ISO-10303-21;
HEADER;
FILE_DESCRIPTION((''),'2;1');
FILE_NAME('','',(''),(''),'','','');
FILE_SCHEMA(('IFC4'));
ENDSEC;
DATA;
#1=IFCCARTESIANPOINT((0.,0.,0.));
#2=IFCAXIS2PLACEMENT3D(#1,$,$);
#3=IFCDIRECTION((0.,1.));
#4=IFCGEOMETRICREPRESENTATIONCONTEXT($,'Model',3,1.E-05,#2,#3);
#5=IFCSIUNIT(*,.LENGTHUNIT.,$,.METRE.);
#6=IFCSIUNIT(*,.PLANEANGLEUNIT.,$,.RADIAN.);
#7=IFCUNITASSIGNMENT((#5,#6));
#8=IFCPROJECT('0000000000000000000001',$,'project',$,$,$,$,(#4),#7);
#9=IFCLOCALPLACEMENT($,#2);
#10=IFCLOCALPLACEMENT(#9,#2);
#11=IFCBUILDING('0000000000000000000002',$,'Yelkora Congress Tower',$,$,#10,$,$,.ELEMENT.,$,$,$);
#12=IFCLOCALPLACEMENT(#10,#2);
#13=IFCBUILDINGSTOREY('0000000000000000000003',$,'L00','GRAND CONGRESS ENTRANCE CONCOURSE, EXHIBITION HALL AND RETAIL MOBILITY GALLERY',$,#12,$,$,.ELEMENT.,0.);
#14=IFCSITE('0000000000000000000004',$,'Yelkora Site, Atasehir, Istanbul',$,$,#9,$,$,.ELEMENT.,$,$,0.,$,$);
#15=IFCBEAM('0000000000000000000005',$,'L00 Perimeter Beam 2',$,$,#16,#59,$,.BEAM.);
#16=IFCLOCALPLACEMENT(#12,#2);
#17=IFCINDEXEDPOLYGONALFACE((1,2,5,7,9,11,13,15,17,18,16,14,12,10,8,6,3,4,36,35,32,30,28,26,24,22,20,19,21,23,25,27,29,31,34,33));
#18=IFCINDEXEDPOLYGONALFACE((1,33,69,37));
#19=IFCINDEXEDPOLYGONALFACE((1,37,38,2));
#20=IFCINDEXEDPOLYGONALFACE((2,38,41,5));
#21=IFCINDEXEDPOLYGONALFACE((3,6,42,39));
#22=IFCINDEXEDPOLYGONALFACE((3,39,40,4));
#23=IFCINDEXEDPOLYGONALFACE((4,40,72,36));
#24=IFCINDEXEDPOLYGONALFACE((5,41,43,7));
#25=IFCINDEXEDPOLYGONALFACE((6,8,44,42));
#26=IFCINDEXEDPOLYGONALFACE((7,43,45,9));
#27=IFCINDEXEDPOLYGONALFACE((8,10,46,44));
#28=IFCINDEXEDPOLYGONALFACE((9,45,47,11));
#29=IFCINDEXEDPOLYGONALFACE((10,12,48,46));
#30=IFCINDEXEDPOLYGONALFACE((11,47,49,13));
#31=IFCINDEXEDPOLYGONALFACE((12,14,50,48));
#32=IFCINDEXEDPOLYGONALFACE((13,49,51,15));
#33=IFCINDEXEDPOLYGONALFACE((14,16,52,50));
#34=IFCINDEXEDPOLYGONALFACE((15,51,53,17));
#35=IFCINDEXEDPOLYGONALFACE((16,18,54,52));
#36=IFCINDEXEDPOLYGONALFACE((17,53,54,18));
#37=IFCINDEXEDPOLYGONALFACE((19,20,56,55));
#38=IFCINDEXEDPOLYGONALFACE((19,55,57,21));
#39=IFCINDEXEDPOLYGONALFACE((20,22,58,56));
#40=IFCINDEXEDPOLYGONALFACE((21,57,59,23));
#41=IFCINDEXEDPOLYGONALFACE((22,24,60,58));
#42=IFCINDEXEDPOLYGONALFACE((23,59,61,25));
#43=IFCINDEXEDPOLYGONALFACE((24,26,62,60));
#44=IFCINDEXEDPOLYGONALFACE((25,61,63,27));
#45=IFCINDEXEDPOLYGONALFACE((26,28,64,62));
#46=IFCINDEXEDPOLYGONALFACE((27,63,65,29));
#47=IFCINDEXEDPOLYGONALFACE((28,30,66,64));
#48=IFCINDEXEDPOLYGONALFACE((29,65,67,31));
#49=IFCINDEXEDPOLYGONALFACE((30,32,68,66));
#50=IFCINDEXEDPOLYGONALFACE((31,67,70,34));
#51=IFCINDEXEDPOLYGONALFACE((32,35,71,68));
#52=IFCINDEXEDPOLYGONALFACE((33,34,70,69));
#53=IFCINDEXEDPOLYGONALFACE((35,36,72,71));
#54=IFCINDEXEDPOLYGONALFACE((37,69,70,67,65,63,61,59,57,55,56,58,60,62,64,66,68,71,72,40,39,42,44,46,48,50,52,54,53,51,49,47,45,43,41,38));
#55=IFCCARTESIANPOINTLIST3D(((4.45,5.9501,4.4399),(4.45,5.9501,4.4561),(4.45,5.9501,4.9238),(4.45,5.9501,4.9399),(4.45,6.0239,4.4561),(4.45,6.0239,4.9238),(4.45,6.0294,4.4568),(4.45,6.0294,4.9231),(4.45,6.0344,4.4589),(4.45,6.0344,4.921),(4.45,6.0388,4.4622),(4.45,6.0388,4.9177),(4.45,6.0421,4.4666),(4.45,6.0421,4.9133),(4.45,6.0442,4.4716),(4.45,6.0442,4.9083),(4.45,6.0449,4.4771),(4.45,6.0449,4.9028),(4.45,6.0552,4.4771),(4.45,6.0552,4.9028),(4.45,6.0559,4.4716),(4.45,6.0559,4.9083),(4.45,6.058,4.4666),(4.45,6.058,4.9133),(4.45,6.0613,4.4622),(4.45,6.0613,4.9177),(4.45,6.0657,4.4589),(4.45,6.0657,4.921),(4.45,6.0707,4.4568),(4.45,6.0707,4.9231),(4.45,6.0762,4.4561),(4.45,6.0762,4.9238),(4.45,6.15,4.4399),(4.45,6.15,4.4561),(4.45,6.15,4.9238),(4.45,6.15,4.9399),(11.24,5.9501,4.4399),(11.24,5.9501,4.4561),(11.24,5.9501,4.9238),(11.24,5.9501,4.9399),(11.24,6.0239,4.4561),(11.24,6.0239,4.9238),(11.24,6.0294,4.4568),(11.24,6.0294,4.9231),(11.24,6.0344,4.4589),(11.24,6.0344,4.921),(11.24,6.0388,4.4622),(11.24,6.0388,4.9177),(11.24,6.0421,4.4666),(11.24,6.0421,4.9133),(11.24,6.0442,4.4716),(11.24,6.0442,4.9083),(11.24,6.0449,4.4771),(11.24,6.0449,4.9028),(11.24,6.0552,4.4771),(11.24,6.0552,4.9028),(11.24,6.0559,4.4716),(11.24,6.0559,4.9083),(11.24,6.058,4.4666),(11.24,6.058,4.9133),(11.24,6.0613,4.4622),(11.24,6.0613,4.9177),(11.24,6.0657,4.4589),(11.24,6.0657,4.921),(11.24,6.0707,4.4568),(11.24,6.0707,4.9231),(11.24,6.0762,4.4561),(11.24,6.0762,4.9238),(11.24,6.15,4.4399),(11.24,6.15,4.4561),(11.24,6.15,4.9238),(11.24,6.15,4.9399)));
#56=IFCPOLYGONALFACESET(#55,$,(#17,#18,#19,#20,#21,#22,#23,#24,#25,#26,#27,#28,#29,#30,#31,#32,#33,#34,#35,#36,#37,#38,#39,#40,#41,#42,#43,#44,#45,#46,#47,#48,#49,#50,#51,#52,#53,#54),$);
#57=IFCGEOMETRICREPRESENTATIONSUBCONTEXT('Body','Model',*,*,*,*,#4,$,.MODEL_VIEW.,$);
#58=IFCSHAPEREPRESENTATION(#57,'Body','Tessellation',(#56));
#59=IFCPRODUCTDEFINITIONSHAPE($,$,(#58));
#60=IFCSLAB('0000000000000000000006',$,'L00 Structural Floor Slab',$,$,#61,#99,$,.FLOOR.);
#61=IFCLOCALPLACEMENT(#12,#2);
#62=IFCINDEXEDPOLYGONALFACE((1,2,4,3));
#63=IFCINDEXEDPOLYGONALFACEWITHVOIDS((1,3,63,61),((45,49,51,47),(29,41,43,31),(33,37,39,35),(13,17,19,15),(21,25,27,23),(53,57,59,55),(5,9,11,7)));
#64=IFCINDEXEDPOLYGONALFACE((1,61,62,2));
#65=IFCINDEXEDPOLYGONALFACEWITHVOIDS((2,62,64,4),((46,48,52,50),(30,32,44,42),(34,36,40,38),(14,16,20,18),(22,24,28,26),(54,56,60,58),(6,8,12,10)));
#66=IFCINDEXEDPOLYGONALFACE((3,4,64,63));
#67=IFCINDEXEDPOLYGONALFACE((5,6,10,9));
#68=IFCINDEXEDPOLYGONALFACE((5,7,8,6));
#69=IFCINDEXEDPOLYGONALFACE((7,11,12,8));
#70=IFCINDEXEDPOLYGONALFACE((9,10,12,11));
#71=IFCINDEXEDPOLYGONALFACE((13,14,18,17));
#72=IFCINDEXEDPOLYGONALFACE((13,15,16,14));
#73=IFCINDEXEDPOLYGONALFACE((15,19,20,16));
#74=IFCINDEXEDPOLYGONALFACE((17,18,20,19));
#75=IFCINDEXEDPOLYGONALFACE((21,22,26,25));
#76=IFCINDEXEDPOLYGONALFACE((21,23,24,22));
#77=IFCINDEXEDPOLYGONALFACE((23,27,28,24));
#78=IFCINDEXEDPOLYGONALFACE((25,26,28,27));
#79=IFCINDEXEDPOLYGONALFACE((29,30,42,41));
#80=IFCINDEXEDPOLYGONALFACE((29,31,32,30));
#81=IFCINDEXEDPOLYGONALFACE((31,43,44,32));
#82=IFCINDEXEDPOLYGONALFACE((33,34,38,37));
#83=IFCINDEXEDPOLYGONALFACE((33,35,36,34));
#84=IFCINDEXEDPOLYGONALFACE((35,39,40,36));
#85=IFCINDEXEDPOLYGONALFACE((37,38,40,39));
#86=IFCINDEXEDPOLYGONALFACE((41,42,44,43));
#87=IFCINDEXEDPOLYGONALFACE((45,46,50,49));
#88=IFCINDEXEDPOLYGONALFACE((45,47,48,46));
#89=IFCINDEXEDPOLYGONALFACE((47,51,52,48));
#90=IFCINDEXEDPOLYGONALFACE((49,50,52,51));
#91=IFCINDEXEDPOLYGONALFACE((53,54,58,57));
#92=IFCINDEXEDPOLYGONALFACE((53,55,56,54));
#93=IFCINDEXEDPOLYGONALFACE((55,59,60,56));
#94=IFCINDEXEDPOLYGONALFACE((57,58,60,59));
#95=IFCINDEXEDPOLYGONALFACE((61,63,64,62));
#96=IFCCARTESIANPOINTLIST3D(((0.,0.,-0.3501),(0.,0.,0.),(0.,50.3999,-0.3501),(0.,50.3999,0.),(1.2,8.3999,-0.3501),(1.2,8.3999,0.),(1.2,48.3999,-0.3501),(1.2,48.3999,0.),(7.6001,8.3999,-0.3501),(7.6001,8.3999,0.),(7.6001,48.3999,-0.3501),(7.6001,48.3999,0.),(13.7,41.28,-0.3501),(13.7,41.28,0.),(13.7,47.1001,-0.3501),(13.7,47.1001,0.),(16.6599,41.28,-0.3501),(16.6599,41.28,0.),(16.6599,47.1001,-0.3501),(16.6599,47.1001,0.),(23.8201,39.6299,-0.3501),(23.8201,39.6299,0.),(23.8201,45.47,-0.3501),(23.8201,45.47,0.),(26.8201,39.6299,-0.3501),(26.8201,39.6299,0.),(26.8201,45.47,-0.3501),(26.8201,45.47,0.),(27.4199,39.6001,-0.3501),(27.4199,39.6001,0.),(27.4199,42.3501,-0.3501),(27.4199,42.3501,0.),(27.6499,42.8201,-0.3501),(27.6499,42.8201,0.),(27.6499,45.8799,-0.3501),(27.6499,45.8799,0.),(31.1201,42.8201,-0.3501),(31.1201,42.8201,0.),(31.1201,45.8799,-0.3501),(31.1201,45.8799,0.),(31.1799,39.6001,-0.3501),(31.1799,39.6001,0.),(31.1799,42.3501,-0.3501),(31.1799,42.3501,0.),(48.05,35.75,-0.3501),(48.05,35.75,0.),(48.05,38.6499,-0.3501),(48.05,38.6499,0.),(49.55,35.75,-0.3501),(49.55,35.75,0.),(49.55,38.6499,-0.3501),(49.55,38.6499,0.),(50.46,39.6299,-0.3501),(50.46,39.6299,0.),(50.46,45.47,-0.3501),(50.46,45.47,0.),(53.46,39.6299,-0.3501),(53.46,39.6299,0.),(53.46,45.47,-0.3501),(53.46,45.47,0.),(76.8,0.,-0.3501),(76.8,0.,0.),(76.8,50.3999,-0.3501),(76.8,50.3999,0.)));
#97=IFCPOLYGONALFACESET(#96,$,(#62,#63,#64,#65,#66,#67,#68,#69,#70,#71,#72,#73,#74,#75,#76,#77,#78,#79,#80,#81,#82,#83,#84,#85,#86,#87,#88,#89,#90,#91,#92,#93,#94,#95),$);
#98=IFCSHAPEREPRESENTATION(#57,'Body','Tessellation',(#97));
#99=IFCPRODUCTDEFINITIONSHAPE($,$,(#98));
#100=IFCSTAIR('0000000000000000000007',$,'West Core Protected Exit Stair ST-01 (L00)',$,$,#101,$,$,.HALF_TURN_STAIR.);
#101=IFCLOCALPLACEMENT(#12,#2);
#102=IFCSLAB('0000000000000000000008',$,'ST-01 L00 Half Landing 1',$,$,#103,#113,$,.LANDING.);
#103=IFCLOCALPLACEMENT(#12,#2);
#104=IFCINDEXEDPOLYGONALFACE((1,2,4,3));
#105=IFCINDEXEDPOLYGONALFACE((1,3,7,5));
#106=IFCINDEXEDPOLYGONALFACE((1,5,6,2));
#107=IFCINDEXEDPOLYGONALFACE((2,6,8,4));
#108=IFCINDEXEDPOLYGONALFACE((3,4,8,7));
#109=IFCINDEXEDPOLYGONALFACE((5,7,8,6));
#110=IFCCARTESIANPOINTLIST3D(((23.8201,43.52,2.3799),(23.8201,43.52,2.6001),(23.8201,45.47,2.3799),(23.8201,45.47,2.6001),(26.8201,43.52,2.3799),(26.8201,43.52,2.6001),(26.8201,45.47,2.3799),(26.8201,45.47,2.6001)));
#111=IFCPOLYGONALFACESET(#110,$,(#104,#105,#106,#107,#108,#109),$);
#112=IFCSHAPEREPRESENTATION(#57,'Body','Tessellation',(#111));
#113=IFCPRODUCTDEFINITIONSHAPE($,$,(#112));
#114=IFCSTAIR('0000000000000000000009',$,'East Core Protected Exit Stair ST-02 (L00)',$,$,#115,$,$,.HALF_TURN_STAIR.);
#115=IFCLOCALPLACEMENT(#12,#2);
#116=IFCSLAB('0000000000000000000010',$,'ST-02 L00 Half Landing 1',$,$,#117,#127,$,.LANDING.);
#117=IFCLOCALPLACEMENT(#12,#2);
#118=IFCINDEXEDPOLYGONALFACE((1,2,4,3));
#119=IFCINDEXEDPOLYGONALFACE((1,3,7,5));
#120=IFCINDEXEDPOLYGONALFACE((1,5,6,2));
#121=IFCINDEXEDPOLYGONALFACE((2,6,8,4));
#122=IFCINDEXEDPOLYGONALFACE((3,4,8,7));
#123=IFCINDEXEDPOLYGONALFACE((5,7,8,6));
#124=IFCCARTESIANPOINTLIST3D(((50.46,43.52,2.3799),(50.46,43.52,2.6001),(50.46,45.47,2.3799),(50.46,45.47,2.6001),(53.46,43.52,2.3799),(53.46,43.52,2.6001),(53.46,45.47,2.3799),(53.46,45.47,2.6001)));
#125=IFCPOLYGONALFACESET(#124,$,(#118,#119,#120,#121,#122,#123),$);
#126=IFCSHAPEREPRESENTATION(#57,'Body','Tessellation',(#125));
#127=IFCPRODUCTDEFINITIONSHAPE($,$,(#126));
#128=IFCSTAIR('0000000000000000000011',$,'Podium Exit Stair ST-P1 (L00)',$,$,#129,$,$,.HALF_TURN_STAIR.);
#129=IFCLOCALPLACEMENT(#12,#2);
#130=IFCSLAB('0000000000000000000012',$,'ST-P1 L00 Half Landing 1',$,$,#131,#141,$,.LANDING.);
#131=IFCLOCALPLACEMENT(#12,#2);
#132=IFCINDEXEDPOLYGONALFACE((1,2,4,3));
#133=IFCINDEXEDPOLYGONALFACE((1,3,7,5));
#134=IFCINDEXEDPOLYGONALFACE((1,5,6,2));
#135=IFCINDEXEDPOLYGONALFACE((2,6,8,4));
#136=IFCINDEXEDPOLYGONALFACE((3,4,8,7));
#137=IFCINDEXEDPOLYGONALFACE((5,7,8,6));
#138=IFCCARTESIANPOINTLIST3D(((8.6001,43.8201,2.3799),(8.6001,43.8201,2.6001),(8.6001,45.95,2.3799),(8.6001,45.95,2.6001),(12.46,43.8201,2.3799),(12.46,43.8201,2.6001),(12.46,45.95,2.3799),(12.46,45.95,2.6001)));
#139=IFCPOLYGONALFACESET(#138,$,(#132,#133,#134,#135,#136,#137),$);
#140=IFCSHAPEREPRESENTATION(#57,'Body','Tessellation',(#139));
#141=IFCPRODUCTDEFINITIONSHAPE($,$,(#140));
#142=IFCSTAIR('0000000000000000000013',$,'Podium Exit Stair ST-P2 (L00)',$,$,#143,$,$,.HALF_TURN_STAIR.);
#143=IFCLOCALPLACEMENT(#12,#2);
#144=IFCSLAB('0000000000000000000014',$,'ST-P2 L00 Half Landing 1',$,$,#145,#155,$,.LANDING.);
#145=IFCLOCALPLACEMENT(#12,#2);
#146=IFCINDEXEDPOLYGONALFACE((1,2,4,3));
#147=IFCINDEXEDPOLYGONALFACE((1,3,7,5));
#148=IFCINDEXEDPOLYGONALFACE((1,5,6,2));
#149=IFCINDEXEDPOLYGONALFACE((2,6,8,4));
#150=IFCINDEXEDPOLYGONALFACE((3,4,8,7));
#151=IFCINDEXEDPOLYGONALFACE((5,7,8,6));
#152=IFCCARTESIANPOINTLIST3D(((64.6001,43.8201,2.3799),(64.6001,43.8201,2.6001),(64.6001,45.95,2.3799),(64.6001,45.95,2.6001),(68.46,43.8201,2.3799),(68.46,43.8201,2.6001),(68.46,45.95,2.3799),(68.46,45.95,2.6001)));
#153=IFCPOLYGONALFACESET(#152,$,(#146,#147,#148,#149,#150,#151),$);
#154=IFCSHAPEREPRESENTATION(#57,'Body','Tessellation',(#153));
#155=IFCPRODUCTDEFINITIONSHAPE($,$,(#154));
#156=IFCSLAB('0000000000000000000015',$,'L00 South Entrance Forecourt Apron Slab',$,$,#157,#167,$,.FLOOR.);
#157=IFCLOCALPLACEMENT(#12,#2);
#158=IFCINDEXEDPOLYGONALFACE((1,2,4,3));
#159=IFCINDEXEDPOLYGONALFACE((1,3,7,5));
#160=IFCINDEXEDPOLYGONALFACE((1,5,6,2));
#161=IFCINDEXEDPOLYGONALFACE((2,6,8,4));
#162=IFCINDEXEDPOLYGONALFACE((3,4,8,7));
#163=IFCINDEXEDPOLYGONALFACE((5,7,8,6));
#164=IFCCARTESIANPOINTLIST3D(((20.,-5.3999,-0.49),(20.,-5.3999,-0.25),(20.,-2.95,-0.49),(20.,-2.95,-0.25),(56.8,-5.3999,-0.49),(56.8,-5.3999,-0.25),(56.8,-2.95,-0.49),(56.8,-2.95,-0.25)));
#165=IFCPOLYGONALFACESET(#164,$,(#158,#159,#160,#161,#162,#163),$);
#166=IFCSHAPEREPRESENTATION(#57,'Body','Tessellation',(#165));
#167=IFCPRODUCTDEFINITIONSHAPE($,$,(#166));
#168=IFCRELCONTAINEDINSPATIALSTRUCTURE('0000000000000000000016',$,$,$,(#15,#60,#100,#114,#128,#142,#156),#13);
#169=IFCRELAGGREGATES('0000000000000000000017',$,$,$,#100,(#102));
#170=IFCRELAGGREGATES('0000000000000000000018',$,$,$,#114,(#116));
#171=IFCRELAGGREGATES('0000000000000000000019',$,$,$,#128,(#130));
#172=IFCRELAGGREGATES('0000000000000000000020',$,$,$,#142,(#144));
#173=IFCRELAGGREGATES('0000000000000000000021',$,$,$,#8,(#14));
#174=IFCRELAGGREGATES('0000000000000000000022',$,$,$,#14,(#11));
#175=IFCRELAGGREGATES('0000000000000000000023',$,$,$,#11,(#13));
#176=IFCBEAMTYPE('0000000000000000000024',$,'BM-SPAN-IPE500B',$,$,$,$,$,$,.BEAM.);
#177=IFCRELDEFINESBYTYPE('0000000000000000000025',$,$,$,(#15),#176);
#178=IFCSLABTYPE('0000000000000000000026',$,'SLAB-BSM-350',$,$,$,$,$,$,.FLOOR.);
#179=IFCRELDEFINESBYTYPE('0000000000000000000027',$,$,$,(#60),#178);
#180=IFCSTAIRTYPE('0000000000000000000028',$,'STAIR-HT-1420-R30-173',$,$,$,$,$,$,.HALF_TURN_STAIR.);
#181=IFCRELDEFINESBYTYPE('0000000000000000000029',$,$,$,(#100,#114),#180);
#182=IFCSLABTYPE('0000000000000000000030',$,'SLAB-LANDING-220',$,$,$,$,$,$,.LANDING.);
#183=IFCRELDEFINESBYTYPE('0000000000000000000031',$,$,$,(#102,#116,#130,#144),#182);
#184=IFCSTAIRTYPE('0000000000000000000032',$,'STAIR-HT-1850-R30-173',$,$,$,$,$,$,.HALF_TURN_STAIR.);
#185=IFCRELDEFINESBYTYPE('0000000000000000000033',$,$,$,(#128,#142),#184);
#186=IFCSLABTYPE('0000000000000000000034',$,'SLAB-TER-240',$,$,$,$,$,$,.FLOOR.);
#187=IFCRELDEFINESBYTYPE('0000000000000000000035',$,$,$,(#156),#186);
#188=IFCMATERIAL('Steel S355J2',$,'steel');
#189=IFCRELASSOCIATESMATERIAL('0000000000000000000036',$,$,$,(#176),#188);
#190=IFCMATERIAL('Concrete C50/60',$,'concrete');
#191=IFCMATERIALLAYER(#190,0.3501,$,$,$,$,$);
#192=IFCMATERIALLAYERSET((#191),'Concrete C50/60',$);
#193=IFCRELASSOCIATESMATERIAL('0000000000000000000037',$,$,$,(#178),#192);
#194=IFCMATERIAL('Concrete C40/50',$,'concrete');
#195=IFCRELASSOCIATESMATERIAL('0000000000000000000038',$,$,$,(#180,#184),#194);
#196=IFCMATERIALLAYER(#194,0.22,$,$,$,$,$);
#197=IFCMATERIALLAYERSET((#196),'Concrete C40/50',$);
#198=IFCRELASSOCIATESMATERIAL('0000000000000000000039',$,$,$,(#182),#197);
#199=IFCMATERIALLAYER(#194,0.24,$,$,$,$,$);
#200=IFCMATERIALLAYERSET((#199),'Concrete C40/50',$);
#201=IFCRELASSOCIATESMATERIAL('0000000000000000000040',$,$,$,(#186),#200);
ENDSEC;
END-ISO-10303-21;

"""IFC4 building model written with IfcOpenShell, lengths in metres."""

from ifc_helpers import new_model, si_unit, direction, frame, origin, origin_2d, place, context, subcontext, project, spatial, polyline, i_section, outline, extrude, material, layer, layer_set, material_profile, profile_set, type_object, element, aggregate, save


model = new_model("IFC4")

# Units and contexts
model_context = context("Model", 3, precision=1e-05, world=origin(), true_north=direction((0.0, 1.0)))
body_context = subcontext(model_context, "Body", "Model", "MODEL_VIEW")
ifc_project = project(units=[si_unit("LENGTHUNIT", "METRE"), si_unit("PLANEANGLEUNIT", "RADIAN")], contexts=[model_context])

# Site, building, storey
site_placement = place(None, origin())
site = spatial("IfcSite", under=ifc_project, at=site_placement, Name="Yelkora Site, Atasehir, Istanbul", CompositionType="ELEMENT", RefElevation=0.0)
building_placement = place(site_placement, origin())
building = spatial("IfcBuilding", under=site, at=building_placement, Name="Yelkora Congress Tower", CompositionType="ELEMENT")
storey_placement = place(building_placement, origin())
storey = spatial("IfcBuildingStorey", under=building, at=storey_placement, Name="L00", Description="GRAND CONGRESS ENTRANCE CONCOURSE, EXHIBITION HALL AND RETAIL MOBILITY GALLERY", CompositionType="ELEMENT", Elevation=0.0)

# Shared definitions
ifc_material_1 = material(Name="Concrete C50/60", Category="concrete")

# Beam
ifc_material_2 = material(Name="Steel S355J2", Category="steel")
ifc_material_profile_1 = material_profile(ifc_material_2, i_section(OverallWidth=0.2, OverallDepth=0.5, WebThickness=0.0103, FlangeThickness=0.0161, FilletRadius=0.021, at=origin_2d()), Name="IPE 500")
ifc_profile_set_1 = profile_set([ifc_material_profile_1], Name="Steel S355J2")
beam_type_1 = type_object("IfcBeamType", Name="BM-SPAN-IPE500B", PredefinedType="BEAM", material=ifc_profile_set_1)
beam_1_placement = place(storey_placement, frame((4.45, 6.05, 4.6899), z_axis=(1.0, 0.0, 0.0), x_axis=(0.0, 1.0, 0.0)))
element("IfcBeam", 1, at=beam_1_placement, inside=storey, type_object=beam_type_1, Name="L00 Perimeter Beam 2", PredefinedType="BEAM", context=body_context, shape_type="SweptSolid", body=[
    extrude(i_section(OverallWidth=0.2, OverallDepth=0.5, WebThickness=0.0103, FlangeThickness=0.0161, FilletRadius=0.021, at=origin_2d()), origin(), (0.0, 0.0, 1.0), 6.79),
])

# Slab
ifc_layer_1 = layer(ifc_material_1, 0.3501)
ifc_layer_set_1 = layer_set([ifc_layer_1], Name="Concrete C50/60")
slab_type_1 = type_object("IfcSlabType", Name="SLAB-BSM-350", PredefinedType="FLOOR", material=ifc_layer_set_1)
slab_1_placement = place(storey_placement, frame((0.0, 0.0, -0.3501)))
element("IfcSlab", 2, at=slab_1_placement, inside=storey, type_object=slab_type_1, Name="L00 Structural Floor Slab", PredefinedType="FLOOR", context=body_context, shape_type="SweptSolid", body=[
    extrude(outline(polyline([(0.0, 0.0), (76.8, 0.0), (76.8, 50.3999), (0.0, 50.3999), (0.0, 0.0)]), holes=[polyline([(23.8201, 39.6299), (26.8201, 39.6299), (26.8201, 45.47), (23.8201, 45.47), (23.8201, 39.6299)]), polyline([(50.46, 39.6299), (53.46, 39.6299), (53.46, 45.47), (50.46, 45.47), (50.46, 39.6299)]), polyline([(13.7, 41.28), (16.6599, 41.28), (16.6599, 47.1001), (13.7, 47.1001), (13.7, 41.28)]), polyline([(48.05, 35.75), (49.55, 35.75), (49.55, 38.6499), (48.05, 38.6499), (48.05, 35.75)]), polyline([(27.4199, 39.6001), (31.1799, 39.6001), (31.1799, 42.3501), (27.4199, 42.3501), (27.4199, 39.6001)]), polyline([(27.6499, 42.8201), (31.1201, 42.8201), (31.1201, 45.8799), (27.6499, 45.8799), (27.6499, 42.8201)]), polyline([(1.2, 8.3999), (7.6001, 8.3999), (7.6001, 48.3999), (1.2, 48.3999), (1.2, 8.3999)])]), origin(), (0.0, 0.0, 1.0), 0.3501),
])

# Stairs, slabs
ifc_material_3 = material(Name="Concrete C40/50", Category="concrete")
stair_type_1 = type_object("IfcStairType", Name="STAIR-HT-1420-R30-173", PredefinedType="HALF_TURN_STAIR", material=ifc_material_3)
stair_1_placement = place(storey_placement, origin())
stair_1 = element("IfcStair", 3, at=stair_1_placement, inside=storey, type_object=stair_type_1, Name="West Core Protected Exit Stair ST-01 (L00)", PredefinedType="HALF_TURN_STAIR")
ifc_layer_2 = layer(ifc_material_3, 0.22)
ifc_layer_set_2 = layer_set([ifc_layer_2], Name="Concrete C40/50")
slab_type_2 = type_object("IfcSlabType", Name="SLAB-LANDING-220", PredefinedType="LANDING", material=ifc_layer_set_2)
slab_2_placement = place(storey_placement, frame((0.0, 0.0, 2.3799)))
slab_2 = element("IfcSlab", 4, at=slab_2_placement, type_object=slab_type_2, Name="ST-01 L00 Half Landing 1", PredefinedType="LANDING", context=body_context, shape_type="SweptSolid", body=[
    extrude(outline(polyline([(26.8201, 43.52), (26.8201, 45.47), (23.8201, 45.47), (23.8201, 43.52), (26.8201, 43.52)])), origin(), (0.0, 0.0, 1.0), 0.2202),
])
aggregate(stair_1, [slab_2])
stair_2_placement = place(storey_placement, origin())
stair_2 = element("IfcStair", 5, at=stair_2_placement, inside=storey, type_object=stair_type_1, Name="East Core Protected Exit Stair ST-02 (L00)", PredefinedType="HALF_TURN_STAIR")
slab_3_placement = place(storey_placement, frame((0.0, 0.0, 2.3799)))
slab_3 = element("IfcSlab", 6, at=slab_3_placement, type_object=slab_type_2, Name="ST-02 L00 Half Landing 1", PredefinedType="LANDING", context=body_context, shape_type="SweptSolid", body=[
    extrude(outline(polyline([(53.46, 43.52), (53.46, 45.47), (50.46, 45.47), (50.46, 43.52), (53.46, 43.52)])), origin(), (0.0, 0.0, 1.0), 0.2202),
])
aggregate(stair_2, [slab_3])
stair_type_2 = type_object("IfcStairType", Name="STAIR-HT-1850-R30-173", PredefinedType="HALF_TURN_STAIR", material=ifc_material_3)
stair_3_placement = place(storey_placement, origin())
stair_3 = element("IfcStair", 7, at=stair_3_placement, inside=storey, type_object=stair_type_2, Name="Podium Exit Stair ST-P1 (L00)", PredefinedType="HALF_TURN_STAIR")
slab_4_placement = place(storey_placement, frame((0.0, 0.0, 2.3799)))
slab_4 = element("IfcSlab", 8, at=slab_4_placement, type_object=slab_type_2, Name="ST-P1 L00 Half Landing 1", PredefinedType="LANDING", context=body_context, shape_type="SweptSolid", body=[
    extrude(outline(polyline([(12.46, 43.8201), (12.46, 45.95), (8.6001, 45.95), (8.6001, 43.8201), (12.46, 43.8201)])), origin(), (0.0, 0.0, 1.0), 0.2202),
])
aggregate(stair_3, [slab_4])
stair_4_placement = place(storey_placement, origin())
stair_4 = element("IfcStair", 9, at=stair_4_placement, inside=storey, type_object=stair_type_2, Name="Podium Exit Stair ST-P2 (L00)", PredefinedType="HALF_TURN_STAIR")
slab_5_placement = place(storey_placement, frame((0.0, 0.0, 2.3799)))
slab_5 = element("IfcSlab", 10, at=slab_5_placement, type_object=slab_type_2, Name="ST-P2 L00 Half Landing 1", PredefinedType="LANDING", context=body_context, shape_type="SweptSolid", body=[
    extrude(outline(polyline([(68.46, 43.8201), (68.46, 45.95), (64.6001, 45.95), (64.6001, 43.8201), (68.46, 43.8201)])), origin(), (0.0, 0.0, 1.0), 0.2202),
])
aggregate(stair_4, [slab_5])

# Slab
ifc_layer_3 = layer(ifc_material_3, 0.24)
ifc_layer_set_3 = layer_set([ifc_layer_3], Name="Concrete C40/50")
slab_type_3 = type_object("IfcSlabType", Name="SLAB-TER-240", PredefinedType="FLOOR", material=ifc_layer_set_3)
slab_6_placement = place(storey_placement, frame((0.0, 0.0, -0.49)))
element("IfcSlab", 11, at=slab_6_placement, inside=storey, type_object=slab_type_3, Name="L00 South Entrance Forecourt Apron Slab", PredefinedType="FLOOR", context=body_context, shape_type="SweptSolid", body=[
    extrude(outline(polyline([(20.0, -5.3999), (56.8, -5.3999), (56.8, -2.95), (20.0, -2.95), (20.0, -5.3999)])), origin(), (0.0, 0.0, 1.0), 0.24),
])

save(model, "model.ifc")
